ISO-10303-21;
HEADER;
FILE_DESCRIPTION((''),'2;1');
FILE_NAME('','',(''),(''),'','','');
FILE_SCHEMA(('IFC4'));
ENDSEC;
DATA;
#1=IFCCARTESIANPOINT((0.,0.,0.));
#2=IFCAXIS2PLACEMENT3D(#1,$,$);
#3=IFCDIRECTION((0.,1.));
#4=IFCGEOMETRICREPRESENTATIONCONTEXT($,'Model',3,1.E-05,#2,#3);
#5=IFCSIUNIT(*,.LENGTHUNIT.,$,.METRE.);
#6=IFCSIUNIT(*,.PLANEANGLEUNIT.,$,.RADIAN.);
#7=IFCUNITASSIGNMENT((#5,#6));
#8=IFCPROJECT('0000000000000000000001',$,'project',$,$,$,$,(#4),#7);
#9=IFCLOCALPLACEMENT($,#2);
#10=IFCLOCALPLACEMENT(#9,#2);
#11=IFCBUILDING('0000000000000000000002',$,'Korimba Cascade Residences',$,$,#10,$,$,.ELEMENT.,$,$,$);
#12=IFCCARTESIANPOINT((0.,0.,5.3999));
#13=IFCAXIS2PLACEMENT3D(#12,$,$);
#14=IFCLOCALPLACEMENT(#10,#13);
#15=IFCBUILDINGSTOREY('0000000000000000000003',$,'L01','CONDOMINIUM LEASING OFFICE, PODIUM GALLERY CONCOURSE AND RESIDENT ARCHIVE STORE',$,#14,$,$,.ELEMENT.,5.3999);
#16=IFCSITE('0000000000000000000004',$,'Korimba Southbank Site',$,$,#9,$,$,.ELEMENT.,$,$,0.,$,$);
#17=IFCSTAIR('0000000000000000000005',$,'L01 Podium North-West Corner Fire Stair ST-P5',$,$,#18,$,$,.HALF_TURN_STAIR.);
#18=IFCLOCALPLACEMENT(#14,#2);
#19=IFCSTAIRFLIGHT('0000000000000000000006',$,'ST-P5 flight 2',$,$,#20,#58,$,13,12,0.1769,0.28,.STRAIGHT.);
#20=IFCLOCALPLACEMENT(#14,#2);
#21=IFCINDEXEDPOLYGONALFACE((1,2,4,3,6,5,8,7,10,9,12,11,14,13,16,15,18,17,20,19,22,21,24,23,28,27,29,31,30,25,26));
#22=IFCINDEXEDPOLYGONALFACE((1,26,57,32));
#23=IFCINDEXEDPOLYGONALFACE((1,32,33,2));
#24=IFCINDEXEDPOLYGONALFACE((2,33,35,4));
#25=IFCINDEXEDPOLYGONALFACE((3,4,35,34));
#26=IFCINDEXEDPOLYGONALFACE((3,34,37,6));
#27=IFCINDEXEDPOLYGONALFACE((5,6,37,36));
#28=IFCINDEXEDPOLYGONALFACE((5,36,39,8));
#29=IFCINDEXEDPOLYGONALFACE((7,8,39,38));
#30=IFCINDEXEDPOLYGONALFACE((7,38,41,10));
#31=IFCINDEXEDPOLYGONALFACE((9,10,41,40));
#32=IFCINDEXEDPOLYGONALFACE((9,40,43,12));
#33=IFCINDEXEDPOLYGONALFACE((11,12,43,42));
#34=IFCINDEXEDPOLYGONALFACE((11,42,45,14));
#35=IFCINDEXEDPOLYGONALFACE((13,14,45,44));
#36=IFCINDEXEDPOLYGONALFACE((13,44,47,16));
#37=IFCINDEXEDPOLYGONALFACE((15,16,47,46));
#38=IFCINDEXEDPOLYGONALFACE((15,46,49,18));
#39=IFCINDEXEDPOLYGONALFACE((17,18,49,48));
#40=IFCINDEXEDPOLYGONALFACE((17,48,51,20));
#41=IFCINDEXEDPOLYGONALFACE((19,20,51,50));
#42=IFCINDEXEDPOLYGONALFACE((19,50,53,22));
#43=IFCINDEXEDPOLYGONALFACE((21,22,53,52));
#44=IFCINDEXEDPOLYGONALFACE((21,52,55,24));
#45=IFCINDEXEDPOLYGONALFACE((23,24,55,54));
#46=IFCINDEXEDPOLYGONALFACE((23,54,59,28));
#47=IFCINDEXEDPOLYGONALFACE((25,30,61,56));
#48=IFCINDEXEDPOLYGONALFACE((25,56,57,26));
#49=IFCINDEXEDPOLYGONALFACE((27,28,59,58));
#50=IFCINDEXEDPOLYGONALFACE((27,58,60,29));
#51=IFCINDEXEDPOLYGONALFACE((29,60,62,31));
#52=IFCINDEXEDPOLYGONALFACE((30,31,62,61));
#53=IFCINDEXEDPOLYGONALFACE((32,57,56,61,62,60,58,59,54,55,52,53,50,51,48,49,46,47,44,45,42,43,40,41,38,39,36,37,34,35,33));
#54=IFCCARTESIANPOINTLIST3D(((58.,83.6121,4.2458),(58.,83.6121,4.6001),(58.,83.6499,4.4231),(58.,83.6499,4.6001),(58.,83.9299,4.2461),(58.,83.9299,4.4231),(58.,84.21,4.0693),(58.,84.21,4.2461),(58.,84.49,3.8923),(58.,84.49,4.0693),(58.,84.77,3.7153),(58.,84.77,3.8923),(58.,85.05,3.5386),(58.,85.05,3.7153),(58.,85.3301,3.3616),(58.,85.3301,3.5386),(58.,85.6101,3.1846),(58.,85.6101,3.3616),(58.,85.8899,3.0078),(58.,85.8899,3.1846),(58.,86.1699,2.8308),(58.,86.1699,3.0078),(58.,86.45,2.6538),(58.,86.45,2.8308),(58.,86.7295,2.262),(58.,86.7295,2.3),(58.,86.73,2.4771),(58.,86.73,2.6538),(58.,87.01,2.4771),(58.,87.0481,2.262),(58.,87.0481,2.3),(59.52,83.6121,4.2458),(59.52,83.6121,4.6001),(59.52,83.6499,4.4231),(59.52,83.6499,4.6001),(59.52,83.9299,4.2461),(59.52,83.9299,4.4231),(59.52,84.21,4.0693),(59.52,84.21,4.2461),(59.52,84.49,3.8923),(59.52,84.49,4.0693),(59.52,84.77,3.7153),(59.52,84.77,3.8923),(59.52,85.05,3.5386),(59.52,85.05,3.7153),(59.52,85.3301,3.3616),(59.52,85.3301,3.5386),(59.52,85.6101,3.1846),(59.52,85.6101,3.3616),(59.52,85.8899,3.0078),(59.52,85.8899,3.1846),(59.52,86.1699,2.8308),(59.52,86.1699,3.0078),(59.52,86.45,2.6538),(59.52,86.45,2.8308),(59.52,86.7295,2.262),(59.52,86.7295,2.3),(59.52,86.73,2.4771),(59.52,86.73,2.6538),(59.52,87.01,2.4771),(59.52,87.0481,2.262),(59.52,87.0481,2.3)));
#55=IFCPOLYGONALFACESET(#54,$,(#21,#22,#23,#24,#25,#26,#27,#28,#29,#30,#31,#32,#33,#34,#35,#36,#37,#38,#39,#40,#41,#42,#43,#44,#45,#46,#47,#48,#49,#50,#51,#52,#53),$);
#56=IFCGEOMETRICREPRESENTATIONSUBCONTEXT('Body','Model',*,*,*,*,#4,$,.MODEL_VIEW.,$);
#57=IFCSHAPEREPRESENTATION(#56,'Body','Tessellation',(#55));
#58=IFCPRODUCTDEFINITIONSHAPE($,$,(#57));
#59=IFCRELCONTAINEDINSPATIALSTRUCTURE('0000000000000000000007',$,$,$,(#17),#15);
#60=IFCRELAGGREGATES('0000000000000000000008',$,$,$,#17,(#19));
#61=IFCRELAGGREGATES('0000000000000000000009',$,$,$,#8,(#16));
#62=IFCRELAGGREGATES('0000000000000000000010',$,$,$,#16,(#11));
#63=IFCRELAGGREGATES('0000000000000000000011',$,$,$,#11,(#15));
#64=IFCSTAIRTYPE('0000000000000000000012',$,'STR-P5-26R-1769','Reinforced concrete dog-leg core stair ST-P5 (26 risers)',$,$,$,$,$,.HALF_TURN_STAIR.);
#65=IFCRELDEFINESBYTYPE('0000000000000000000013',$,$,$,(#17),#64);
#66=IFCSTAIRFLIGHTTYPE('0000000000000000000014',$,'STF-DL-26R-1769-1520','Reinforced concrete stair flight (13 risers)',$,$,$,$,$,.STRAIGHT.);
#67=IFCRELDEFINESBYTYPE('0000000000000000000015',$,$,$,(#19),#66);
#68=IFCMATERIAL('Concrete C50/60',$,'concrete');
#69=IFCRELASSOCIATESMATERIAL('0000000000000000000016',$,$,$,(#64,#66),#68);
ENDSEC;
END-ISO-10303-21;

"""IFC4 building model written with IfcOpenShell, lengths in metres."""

from ifc_helpers import new_model, si_unit, direction, frame, origin, place, context, subcontext, project, spatial, polyline, outline, extrude, material, type_object, element, aggregate, save


model = new_model("IFC4")

# Units and contexts
model_context = context("Model", 3, precision=1e-05, world=origin(), true_north=direction((0.0, 1.0)))
body_context = subcontext(model_context, "Body", "Model", "MODEL_VIEW")
ifc_project = project(units=[si_unit("LENGTHUNIT", "METRE"), si_unit("PLANEANGLEUNIT", "RADIAN")], contexts=[model_context])

# Site, building, storey
site_placement = place(None, origin())
site = spatial("IfcSite", under=ifc_project, at=site_placement, Name="Korimba Southbank Site", CompositionType="ELEMENT", RefElevation=0.0)
building_placement = place(site_placement, origin())
building = spatial("IfcBuilding", under=site, at=building_placement, Name="Korimba Cascade Residences", CompositionType="ELEMENT")
storey_placement = place(building_placement, frame((0.0, 0.0, 5.3999)))
storey = spatial("IfcBuildingStorey", under=building, at=storey_placement, Name="L01", Description="CONDOMINIUM LEASING OFFICE, PODIUM GALLERY CONCOURSE AND RESIDENT ARCHIVE STORE", CompositionType="ELEMENT", Elevation=5.3999)

# Shared definitions
ifc_material_1 = material(Name="Concrete C50/60", Category="concrete")

# Stair, stair flight
stair_type = type_object("IfcStairType", Name="STR-P5-26R-1769", Description="Reinforced concrete dog-leg core stair ST-P5 (26 risers)", PredefinedType="HALF_TURN_STAIR", material=ifc_material_1)
stair_placement = place(storey_placement, origin())
stair = element("IfcStair", 1, at=stair_placement, inside=storey, type_object=stair_type, Name="L01 Podium North-West Corner Fire Stair ST-P5", PredefinedType="HALF_TURN_STAIR")
stair_flight_type = type_object("IfcStairFlightType", Name="STF-DL-26R-1769-1520", Description="Reinforced concrete stair flight (13 risers)", PredefinedType="STRAIGHT", material=ifc_material_1)
stair_flight_1_placement = place(storey_placement, frame((58.76, 87.01, 2.3), z_axis=(0.0, 0.0, 1.0), x_axis=(0.0, -1.0, 0.0)))
stair_flight_1 = element("IfcStairFlight", 2, at=stair_flight_1_placement, type_object=stair_flight_type, Name="ST-P5 flight 2", NumberOfRisers=13, NumberOfTreads=12, PredefinedType="STRAIGHT", RiserHeight=0.1769, TreadLength=0.28, context=body_context, shape_type="SweptSolid", body=[
    extrude(outline(polyline([(-0.0381, 0.0), (0.0, 0.177), (0.28, 0.177), (0.28, 0.3538), (0.5601, 0.3538), (0.5601, 0.5308), (0.8401, 0.5308), (0.8401, 0.7078), (1.1201, 0.7078), (1.1201, 0.8845), (1.3999, 0.8845), (1.3999, 1.0615), (1.6799, 1.0615), (1.6799, 1.2385), (1.96, 1.2385), (1.96, 1.4153), (2.24, 1.4153), (2.24, 1.5923), (2.52, 1.5923), (2.52, 1.7693), (2.8, 1.7693), (2.8, 1.946), (3.0801, 1.946), (3.0801, 2.123), (3.3601, 2.123), (3.3601, 2.3), (3.3979, 2.3), (3.3979, 1.9458), (0.2805, 0.0), (0.2805, -0.0381), (-0.0381, -0.0381), (-0.0381, 0.0)])), frame((0.0, 0.76, 0.0), z_axis=(0.0, -1.0, 0.0), x_axis=(1.0, 0.0, 0.0)), (0.0, 0.0, 1.0), 1.52),
])
aggregate(stair, [stair_flight_1])

save(model, "model.ifc")
